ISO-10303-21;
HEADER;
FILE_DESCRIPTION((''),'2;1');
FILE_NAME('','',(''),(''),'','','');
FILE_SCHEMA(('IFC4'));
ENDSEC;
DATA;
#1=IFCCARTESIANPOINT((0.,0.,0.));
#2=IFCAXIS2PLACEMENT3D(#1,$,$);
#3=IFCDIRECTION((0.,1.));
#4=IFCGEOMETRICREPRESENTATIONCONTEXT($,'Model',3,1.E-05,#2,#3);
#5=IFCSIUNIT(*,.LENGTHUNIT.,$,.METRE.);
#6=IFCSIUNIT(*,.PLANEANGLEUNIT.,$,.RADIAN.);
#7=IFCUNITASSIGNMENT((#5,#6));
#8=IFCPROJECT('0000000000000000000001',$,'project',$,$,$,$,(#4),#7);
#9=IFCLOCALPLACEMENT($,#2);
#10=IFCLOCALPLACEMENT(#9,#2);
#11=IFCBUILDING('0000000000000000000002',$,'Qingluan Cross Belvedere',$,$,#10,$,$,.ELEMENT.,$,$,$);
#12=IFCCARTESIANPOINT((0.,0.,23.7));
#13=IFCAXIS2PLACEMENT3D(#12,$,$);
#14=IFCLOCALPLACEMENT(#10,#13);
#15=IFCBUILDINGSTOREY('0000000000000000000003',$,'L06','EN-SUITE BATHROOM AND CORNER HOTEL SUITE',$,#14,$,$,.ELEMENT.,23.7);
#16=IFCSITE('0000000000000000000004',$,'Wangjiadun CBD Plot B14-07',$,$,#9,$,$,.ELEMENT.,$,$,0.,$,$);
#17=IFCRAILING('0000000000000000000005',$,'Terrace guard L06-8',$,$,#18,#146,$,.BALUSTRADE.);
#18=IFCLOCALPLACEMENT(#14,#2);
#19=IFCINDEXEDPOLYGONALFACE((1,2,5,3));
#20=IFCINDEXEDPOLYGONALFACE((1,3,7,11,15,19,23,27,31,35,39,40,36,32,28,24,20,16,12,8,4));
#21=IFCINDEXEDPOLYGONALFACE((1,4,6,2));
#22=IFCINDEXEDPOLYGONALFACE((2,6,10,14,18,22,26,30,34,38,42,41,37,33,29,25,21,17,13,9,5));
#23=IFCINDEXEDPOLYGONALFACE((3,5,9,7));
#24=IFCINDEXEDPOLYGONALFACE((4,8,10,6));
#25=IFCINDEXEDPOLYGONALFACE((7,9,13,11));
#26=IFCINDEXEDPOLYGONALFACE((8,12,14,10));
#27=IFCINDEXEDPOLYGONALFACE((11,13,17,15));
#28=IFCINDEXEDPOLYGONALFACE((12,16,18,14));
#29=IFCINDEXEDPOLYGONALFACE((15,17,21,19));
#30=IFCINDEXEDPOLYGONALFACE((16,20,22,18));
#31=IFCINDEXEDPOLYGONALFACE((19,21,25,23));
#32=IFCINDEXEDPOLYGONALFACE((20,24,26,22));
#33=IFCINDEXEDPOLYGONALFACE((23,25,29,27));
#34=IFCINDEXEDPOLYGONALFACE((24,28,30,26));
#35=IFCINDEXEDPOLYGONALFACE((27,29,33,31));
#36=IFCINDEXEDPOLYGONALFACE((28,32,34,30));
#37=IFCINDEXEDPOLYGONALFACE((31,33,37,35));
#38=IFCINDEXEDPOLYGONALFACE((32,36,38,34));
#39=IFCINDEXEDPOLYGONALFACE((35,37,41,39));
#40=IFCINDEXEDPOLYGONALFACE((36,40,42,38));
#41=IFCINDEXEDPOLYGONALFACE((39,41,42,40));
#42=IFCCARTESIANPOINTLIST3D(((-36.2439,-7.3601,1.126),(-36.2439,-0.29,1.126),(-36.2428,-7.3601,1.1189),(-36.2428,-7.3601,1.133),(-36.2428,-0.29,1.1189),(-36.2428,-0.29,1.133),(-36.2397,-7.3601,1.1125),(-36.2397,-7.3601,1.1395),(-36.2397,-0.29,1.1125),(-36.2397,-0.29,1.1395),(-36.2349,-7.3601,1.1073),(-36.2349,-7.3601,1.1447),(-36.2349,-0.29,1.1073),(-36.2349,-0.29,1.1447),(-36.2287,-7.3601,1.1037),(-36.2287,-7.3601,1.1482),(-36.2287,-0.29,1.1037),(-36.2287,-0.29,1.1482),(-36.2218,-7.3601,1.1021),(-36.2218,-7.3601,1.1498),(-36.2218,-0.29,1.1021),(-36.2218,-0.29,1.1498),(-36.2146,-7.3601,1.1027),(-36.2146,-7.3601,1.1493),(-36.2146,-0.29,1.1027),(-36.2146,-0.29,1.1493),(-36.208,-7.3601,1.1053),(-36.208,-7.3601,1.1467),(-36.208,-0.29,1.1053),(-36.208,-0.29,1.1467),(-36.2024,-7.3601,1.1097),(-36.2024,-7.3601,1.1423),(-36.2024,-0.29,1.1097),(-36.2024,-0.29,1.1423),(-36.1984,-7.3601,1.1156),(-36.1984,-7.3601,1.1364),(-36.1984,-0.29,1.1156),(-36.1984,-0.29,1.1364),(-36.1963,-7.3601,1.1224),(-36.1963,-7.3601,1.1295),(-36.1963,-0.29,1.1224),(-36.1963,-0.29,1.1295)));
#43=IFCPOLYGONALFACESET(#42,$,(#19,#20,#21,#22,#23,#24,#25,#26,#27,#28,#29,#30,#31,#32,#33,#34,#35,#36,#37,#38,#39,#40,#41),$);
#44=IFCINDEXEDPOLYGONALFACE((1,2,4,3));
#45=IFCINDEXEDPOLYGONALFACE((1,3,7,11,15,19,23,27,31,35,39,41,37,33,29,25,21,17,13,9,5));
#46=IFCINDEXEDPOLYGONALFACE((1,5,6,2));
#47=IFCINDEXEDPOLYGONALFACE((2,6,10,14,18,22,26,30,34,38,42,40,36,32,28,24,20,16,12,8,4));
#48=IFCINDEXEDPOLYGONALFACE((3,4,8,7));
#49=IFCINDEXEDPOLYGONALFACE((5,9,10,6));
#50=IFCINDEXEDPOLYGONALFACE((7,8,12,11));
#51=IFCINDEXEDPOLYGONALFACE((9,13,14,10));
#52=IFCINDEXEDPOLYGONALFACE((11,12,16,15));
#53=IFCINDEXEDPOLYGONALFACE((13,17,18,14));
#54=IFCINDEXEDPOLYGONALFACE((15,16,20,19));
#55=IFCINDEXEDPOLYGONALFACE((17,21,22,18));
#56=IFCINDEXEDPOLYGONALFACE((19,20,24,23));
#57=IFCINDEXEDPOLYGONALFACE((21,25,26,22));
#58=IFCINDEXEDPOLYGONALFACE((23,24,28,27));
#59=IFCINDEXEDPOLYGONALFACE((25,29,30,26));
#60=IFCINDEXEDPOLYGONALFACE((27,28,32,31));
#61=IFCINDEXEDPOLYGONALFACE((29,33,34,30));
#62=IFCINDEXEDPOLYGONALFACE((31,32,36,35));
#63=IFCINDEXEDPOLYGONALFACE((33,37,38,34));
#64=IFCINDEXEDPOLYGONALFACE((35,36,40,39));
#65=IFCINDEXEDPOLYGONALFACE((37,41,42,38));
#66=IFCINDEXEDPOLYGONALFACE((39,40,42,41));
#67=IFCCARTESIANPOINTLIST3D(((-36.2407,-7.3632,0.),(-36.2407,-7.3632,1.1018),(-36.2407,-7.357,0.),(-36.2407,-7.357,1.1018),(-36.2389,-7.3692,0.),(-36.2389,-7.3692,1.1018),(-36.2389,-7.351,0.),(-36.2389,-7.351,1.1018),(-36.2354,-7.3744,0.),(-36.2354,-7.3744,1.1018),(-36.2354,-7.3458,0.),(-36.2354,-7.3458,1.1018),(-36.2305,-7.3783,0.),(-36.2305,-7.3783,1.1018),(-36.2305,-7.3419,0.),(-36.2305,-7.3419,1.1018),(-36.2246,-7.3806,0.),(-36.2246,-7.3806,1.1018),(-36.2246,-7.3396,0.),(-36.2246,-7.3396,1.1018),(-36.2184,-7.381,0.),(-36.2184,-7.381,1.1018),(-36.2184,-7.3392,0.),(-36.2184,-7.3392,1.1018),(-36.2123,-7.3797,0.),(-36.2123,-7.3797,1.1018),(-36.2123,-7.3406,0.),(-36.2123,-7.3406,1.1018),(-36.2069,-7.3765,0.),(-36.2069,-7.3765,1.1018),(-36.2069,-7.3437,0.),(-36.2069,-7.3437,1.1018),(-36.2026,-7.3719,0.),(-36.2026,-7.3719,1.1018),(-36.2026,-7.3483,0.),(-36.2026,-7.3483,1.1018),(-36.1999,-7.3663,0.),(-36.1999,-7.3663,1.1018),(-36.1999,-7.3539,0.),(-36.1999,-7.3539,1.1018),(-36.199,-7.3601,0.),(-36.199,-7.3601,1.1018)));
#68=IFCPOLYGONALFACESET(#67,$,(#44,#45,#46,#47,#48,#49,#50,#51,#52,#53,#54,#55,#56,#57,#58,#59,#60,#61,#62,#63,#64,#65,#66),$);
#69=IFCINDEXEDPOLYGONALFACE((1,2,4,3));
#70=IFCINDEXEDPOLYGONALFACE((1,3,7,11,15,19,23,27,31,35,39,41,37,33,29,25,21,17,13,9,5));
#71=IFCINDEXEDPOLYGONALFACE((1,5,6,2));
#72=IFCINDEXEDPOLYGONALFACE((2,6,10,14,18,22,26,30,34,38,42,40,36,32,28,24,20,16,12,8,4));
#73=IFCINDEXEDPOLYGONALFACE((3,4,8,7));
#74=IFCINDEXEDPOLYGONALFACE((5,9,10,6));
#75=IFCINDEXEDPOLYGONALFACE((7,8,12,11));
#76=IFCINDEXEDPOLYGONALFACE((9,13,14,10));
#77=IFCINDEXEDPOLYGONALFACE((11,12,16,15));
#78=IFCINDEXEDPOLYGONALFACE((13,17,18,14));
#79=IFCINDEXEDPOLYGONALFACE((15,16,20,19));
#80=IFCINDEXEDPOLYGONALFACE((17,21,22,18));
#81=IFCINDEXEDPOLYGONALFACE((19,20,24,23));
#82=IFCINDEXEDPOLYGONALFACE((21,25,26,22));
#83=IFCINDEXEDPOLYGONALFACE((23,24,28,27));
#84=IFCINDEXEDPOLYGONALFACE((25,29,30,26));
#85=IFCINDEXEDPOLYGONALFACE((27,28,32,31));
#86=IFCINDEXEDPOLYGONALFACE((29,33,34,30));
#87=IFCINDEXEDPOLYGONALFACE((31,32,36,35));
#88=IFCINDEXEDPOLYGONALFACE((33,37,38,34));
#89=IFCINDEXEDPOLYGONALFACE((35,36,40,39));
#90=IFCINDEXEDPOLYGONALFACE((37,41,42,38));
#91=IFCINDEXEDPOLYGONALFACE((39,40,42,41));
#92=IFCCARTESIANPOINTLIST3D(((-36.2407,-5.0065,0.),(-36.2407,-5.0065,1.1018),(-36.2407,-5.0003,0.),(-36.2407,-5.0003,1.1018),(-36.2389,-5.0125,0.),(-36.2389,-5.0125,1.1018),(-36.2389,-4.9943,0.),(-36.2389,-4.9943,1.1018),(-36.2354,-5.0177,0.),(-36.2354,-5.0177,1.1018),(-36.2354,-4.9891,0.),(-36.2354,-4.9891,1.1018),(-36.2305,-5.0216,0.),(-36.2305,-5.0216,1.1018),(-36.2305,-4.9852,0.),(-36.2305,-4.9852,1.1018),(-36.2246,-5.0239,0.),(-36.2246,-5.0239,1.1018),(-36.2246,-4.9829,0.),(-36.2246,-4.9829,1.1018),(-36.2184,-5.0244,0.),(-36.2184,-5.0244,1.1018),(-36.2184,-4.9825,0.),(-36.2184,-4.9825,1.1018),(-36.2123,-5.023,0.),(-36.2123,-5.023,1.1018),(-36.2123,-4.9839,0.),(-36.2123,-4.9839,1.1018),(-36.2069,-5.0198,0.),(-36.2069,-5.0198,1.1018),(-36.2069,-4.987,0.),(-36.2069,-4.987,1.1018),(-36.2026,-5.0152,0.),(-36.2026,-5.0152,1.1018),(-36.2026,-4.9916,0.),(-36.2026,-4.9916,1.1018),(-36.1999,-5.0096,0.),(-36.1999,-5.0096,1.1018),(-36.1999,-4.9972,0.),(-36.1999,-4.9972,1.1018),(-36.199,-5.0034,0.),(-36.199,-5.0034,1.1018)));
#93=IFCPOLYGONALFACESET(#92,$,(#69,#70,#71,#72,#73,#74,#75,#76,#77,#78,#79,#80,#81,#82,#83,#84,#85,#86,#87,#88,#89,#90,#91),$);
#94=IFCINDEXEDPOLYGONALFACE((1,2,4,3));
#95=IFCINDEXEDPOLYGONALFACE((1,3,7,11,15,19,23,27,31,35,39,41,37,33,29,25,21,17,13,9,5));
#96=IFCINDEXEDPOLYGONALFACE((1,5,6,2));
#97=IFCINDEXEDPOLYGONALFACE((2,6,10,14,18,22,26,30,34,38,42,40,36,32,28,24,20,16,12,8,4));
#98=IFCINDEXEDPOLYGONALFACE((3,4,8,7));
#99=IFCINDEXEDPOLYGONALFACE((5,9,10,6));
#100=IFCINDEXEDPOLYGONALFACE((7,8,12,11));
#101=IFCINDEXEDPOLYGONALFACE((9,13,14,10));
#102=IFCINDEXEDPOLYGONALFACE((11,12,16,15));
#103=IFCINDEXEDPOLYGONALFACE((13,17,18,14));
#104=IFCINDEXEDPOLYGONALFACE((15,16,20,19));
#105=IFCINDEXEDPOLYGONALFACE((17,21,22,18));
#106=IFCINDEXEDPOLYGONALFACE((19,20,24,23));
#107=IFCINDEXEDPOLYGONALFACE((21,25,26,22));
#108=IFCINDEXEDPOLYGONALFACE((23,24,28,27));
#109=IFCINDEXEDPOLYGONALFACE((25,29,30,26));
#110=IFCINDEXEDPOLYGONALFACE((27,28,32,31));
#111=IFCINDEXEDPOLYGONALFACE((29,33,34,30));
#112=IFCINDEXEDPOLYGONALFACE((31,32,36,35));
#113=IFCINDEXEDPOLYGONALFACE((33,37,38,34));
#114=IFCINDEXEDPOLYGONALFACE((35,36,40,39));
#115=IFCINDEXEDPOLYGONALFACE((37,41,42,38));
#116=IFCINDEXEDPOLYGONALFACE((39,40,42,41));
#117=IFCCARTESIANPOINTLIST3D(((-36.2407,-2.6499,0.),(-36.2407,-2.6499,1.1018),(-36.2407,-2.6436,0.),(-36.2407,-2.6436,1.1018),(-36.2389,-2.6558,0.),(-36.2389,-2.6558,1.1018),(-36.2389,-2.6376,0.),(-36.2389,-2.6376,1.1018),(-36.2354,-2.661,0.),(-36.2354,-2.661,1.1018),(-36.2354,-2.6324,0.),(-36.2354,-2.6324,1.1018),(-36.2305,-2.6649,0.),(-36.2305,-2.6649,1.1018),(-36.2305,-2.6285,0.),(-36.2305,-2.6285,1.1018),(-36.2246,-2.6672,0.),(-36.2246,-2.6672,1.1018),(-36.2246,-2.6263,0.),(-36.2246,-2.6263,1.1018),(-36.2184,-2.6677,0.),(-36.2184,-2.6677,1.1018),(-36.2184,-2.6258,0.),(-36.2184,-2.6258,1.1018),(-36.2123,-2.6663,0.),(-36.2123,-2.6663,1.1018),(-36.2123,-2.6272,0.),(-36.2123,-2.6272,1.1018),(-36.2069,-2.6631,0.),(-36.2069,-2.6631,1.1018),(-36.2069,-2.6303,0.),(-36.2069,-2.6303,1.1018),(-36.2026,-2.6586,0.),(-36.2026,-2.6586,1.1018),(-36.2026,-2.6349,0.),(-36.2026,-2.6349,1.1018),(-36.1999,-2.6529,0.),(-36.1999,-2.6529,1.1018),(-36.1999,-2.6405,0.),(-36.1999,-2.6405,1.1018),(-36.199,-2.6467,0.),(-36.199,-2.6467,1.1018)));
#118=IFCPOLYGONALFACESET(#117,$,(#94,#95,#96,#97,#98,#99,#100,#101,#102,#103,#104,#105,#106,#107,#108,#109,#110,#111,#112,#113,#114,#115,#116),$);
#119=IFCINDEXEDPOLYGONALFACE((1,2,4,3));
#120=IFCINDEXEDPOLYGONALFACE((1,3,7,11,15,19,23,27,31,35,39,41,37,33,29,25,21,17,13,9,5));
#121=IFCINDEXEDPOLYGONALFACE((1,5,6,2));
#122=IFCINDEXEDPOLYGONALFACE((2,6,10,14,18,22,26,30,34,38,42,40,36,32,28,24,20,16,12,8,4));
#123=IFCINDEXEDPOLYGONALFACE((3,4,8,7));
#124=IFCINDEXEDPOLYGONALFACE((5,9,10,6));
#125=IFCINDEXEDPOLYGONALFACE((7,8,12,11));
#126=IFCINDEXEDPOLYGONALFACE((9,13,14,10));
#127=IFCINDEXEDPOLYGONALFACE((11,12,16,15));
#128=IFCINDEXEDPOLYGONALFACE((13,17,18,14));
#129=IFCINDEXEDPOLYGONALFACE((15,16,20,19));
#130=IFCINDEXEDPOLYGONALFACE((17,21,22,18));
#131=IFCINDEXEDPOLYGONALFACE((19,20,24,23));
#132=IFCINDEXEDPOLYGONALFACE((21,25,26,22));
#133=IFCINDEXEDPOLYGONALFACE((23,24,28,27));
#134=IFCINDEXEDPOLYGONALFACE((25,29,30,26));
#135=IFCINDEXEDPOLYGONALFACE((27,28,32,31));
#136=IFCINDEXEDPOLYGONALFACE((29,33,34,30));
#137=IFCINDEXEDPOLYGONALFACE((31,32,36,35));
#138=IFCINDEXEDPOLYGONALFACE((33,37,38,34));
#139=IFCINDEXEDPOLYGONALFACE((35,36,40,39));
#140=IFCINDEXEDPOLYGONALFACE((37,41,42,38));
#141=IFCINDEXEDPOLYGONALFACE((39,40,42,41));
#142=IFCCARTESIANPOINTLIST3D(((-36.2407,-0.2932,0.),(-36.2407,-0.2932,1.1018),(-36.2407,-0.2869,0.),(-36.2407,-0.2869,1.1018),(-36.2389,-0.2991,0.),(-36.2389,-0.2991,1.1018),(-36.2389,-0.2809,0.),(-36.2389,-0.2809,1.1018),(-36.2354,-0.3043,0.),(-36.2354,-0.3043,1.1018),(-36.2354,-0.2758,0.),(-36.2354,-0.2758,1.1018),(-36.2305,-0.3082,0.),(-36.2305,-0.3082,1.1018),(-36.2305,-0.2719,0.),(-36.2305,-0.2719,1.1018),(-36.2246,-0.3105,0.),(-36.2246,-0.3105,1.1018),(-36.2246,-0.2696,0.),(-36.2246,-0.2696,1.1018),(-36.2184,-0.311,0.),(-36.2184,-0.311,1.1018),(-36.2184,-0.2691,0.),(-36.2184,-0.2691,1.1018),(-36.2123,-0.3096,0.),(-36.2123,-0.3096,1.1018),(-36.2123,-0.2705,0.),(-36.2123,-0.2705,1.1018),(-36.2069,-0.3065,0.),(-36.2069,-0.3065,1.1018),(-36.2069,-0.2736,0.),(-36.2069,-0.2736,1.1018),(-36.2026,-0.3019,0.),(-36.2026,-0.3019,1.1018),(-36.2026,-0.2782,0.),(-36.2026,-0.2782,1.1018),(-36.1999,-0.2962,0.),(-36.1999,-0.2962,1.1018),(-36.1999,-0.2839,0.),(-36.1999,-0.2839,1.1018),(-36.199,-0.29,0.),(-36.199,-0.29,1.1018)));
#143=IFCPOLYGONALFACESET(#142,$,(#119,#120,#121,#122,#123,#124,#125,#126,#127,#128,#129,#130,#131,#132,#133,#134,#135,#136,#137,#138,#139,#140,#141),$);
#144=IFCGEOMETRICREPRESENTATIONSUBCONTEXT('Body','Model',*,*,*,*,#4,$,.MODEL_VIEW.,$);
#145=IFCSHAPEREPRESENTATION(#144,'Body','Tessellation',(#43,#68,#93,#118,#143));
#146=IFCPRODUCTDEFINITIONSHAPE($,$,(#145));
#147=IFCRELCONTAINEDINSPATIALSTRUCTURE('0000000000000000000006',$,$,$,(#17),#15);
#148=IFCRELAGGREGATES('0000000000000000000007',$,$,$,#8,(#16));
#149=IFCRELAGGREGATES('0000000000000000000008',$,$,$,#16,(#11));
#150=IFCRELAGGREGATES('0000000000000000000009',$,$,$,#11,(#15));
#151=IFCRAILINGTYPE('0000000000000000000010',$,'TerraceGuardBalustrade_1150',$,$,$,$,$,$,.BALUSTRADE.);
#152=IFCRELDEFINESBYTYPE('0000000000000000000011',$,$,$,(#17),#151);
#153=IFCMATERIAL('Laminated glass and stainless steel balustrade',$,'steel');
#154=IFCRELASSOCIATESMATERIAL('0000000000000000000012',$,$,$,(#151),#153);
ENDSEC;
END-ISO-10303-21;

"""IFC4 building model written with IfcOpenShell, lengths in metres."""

from ifc_helpers import new_model, si_unit, direction, frame, origin, origin_2d, place, context, subcontext, project, spatial, circle, extrude, material, type_object, element, save


model = new_model("IFC4")

# Units and contexts
model_context = context("Model", 3, precision=1e-05, world=origin(), true_north=direction((0.0, 1.0)))
body_context = subcontext(model_context, "Body", "Model", "MODEL_VIEW")
ifc_project = project(units=[si_unit("LENGTHUNIT", "METRE"), si_unit("PLANEANGLEUNIT", "RADIAN")], contexts=[model_context])

# Site, building, storey
site_placement = place(None, origin())
site = spatial("IfcSite", under=ifc_project, at=site_placement, Name="Wangjiadun CBD Plot B14-07", CompositionType="ELEMENT", RefElevation=0.0)
building_placement = place(site_placement, origin())
building = spatial("IfcBuilding", under=site, at=building_placement, Name="Qingluan Cross Belvedere", CompositionType="ELEMENT")
storey_placement = place(building_placement, frame((0.0, 0.0, 23.7)))
storey = spatial("IfcBuildingStorey", under=building, at=storey_placement, Name="L06", Description="EN-SUITE BATHROOM AND CORNER HOTEL SUITE", CompositionType="ELEMENT", Elevation=23.7)

# Railing
ifc_material_1 = material(Name="Laminated glass and stainless steel balustrade", Category="steel")
railing_type = type_object("IfcRailingType", Name="TerraceGuardBalustrade_1150", PredefinedType="BALUSTRADE", material=ifc_material_1)
railing_1_placement = place(storey_placement, frame((-36.22, -7.3601, 0.0)))
element("IfcRailing", 1, at=railing_1_placement, inside=storey, type_object=railing_type, Name="Terrace guard L06-8", PredefinedType="BALUSTRADE", context=body_context, shape_type="SweptSolid", body=[
    extrude(circle(Radius=0.0239, at=origin_2d()), frame((0.0, 0.0, 1.126), z_axis=(0.0, 1.0, 0.0), x_axis=(-1.0, 0.0, 0.0)), (0.0, 0.0, 1.0), 7.0701),
    extrude(circle(Radius=0.021, at=origin_2d()), origin(), (0.0, 0.0, 1.0), 1.1018),
    extrude(circle(Radius=0.021, at=origin_2d()), frame((0.0, 2.3567, 0.0)), (0.0, 0.0, 1.0), 1.1018),
    extrude(circle(Radius=0.021, at=origin_2d()), frame((0.0, 4.7134, 0.0)), (0.0, 0.0, 1.0), 1.1018),
    extrude(circle(Radius=0.021, at=origin_2d()), frame((0.0, 7.0701, 0.0)), (0.0, 0.0, 1.0), 1.1018),
])

save(model, "model.ifc")
